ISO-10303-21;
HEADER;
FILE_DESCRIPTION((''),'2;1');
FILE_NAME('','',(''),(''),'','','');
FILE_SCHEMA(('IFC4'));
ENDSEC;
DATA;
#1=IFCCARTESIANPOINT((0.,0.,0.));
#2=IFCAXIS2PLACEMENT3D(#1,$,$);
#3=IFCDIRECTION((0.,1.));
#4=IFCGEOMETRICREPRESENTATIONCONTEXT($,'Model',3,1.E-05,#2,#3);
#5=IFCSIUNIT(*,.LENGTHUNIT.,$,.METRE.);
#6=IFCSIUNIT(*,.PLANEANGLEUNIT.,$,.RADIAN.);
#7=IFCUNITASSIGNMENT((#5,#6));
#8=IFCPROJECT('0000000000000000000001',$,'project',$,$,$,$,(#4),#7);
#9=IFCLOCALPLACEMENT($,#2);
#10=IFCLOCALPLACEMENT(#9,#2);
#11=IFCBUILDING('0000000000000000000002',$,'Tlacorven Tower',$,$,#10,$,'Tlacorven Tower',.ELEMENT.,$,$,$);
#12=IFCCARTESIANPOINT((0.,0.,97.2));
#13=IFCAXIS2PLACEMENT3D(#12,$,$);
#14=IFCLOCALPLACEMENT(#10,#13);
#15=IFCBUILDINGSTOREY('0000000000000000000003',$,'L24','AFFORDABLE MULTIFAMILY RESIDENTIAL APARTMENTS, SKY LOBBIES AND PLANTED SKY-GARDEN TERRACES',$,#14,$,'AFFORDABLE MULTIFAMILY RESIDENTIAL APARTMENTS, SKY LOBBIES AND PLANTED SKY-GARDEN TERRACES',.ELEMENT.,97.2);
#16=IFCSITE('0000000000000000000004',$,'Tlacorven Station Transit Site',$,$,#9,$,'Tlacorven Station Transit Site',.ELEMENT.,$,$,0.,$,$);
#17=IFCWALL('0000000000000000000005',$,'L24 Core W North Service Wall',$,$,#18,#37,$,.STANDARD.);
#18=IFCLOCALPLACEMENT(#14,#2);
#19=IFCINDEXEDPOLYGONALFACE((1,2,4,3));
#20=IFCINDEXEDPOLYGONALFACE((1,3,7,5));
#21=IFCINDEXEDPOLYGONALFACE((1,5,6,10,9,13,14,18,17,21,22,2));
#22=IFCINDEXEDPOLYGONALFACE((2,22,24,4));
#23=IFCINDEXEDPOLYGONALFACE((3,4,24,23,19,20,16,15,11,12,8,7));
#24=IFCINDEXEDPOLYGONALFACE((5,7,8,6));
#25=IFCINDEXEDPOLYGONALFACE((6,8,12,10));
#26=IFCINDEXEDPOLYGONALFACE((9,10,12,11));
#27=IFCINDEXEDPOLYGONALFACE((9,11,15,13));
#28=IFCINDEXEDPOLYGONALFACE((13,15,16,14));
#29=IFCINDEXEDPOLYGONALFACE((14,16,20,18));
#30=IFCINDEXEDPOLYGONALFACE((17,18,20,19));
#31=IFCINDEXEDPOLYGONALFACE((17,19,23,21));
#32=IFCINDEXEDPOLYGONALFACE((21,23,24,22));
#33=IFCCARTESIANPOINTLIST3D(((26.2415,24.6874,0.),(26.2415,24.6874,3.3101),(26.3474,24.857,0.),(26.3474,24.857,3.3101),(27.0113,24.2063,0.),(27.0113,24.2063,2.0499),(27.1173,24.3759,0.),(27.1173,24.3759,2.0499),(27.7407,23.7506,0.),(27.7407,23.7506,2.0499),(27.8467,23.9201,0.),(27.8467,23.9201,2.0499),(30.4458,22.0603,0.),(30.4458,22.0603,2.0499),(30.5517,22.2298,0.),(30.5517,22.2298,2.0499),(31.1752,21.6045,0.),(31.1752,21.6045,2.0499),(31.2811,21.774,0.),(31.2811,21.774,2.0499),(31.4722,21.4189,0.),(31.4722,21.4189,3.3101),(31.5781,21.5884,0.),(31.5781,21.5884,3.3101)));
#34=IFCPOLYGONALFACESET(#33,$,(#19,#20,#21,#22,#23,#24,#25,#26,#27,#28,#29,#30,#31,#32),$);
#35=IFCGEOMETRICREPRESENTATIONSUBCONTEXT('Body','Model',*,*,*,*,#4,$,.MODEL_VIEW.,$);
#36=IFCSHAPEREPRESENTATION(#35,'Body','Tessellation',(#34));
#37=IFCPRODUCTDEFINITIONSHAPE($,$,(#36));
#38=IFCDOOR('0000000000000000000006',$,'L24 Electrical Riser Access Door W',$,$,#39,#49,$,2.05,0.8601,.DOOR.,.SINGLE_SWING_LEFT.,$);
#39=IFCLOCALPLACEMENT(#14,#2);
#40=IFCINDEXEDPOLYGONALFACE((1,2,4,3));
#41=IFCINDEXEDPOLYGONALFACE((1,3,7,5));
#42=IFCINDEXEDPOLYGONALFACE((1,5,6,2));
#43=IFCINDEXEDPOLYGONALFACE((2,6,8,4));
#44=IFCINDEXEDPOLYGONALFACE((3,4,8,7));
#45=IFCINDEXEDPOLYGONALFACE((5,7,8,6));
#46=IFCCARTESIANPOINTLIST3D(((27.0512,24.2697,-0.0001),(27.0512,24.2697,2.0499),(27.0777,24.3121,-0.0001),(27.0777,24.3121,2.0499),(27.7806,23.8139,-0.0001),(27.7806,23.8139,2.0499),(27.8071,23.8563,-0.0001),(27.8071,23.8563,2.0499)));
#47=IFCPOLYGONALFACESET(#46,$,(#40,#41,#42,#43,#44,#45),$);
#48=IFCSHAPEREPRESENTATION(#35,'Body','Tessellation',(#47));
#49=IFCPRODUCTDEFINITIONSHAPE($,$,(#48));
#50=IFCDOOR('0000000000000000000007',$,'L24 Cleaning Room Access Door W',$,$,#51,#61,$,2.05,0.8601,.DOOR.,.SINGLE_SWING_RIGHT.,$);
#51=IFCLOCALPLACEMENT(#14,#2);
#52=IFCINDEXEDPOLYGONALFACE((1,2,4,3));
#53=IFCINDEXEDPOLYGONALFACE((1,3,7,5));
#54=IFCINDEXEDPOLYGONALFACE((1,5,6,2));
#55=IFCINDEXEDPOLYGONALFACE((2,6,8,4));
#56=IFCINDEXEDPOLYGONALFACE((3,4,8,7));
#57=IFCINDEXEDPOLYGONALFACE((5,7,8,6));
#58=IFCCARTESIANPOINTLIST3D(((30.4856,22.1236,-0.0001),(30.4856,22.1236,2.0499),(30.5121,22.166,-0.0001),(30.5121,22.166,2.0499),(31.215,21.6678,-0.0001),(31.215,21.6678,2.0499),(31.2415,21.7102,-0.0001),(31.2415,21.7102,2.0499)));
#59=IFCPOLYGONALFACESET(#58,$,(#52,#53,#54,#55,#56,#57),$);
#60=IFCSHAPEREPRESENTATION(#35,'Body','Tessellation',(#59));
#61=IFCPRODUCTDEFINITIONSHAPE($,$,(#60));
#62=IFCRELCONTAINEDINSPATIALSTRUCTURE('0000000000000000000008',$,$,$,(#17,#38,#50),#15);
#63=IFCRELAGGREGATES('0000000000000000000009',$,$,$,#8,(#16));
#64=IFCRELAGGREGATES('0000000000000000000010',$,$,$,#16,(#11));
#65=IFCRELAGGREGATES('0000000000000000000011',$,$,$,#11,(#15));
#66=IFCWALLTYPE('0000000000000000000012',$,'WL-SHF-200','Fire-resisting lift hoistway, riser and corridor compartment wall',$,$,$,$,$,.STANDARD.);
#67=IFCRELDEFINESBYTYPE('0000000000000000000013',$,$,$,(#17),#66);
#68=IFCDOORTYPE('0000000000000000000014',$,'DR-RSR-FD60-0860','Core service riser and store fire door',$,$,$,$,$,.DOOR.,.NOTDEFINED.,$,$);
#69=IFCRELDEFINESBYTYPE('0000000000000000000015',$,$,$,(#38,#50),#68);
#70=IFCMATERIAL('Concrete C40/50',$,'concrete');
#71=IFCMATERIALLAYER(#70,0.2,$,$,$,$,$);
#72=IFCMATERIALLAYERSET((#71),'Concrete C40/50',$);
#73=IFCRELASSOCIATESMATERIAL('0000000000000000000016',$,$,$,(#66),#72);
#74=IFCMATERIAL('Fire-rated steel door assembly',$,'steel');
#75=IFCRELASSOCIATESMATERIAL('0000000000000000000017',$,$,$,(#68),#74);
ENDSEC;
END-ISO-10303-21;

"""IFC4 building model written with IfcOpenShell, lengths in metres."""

from ifc_helpers import new_model, si_unit, direction, frame, frame_2d, origin, place, context, subcontext, project, spatial, rectangle, extrude, source, transform, mapped, material, layer, layer_set, type_object, element, fill, save


model = new_model("IFC4")

# Units and contexts
model_context = context("Model", 3, precision=1e-05, world=origin(), true_north=direction((0.0, 1.0)))
body_context = subcontext(model_context, "Body", "Model", "MODEL_VIEW")
ifc_project = project(units=[si_unit("LENGTHUNIT", "METRE"), si_unit("PLANEANGLEUNIT", "RADIAN")], contexts=[model_context])

# Site, building, storey
site_placement = place(None, origin())
site = spatial("IfcSite", under=ifc_project, at=site_placement, Name="Tlacorven Station Transit Site", LongName="Tlacorven Station Transit Site", CompositionType="ELEMENT", RefElevation=0.0)
building_placement = place(site_placement, origin())
building = spatial("IfcBuilding", under=site, at=building_placement, Name="Tlacorven Tower", LongName="Tlacorven Tower", CompositionType="ELEMENT")
storey_placement = place(building_placement, frame((0.0, 0.0, 97.2)))
storey = spatial("IfcBuildingStorey", under=building, at=storey_placement, Name="L24", Description="AFFORDABLE MULTIFAMILY RESIDENTIAL APARTMENTS, SKY LOBBIES AND PLANTED SKY-GARDEN TERRACES", LongName="AFFORDABLE MULTIFAMILY RESIDENTIAL APARTMENTS, SKY LOBBIES AND PLANTED SKY-GARDEN TERRACES", CompositionType="ELEMENT", Elevation=97.2)

# Shared definitions
ifc_material_1 = material(Name="Concrete C40/50", Category="concrete")
ifc_layer_1 = layer(ifc_material_1, 0.2)
ifc_layer_set_1 = layer_set([ifc_layer_1], Name="Concrete C40/50")
wall_type_1 = type_object("IfcWallType", Name="WL-SHF-200", Description="Fire-resisting lift hoistway, riser and corridor compartment wall", PredefinedType="STANDARD", material=ifc_layer_set_1)

# Wall, openings, doors
wall_1_placement = place(storey_placement, frame((31.5251, 21.5037, 0.0), z_axis=(0.0, 0.0, 1.0), x_axis=(-0.848045, 0.529924, 0.0)))
wall_1 = element("IfcWall", 1, at=wall_1_placement, inside=storey, type_object=wall_type_1, Name="L24 Core W North Service Wall", PredefinedType="STANDARD", context=body_context, shape_type="SweptSolid", body=[
    extrude(rectangle(XDim=6.168, YDim=0.2, at=frame_2d((3.084, 0.0))), origin(), (0.0, 0.0, 1.0), 3.3101),
])
opening_1_placement = place(wall_1_placement, frame((4.3999, 0.0, 0.0)))
opening_1 = element("IfcOpeningElement", 2, at=opening_1_placement, cuts=wall_1, PredefinedType="OPENING", context=body_context, shape_type="SweptSolid", body=[
    extrude(rectangle(XDim=0.8601, YDim=2.05, at=frame_2d((0.4302, 1.0249))), frame((0.0, 0.1099, 0.0), z_axis=(0.0, -1.0, 0.0), x_axis=(1.0, 0.0, 0.0)), (0.0, 0.0, 1.0), 0.22),
])
opening_2_placement = place(wall_1_placement, frame((0.3501, 0.0, 0.0)))
opening_2 = element("IfcOpeningElement", 3, at=opening_2_placement, cuts=wall_1, PredefinedType="OPENING", context=body_context, shape_type="SweptSolid", body=[
    extrude(rectangle(XDim=0.8601, YDim=2.05, at=frame_2d((0.4302, 1.0249))), frame((0.0, 0.1099, 0.0), z_axis=(0.0, -1.0, 0.0), x_axis=(1.0, 0.0, 0.0)), (0.0, 0.0, 1.0), 0.22),
])
ifc_material_2 = material(Name="Fire-rated steel door assembly", Category="steel")
door_type_1 = type_object("IfcDoorType", Name="DR-RSR-FD60-0860", Description="Core service riser and store fire door", OperationType="NOTDEFINED", PredefinedType="DOOR", material=ifc_material_2)
shared_shape_1 = source(origin(), body_context, "Body", "SweptSolid", [
    extrude(rectangle(XDim=0.8601, YDim=2.05, at=frame_2d((0.4302, 1.0249))), frame((0.0, 0.0249, 0.0), z_axis=(0.0, -1.0, 0.0), x_axis=(1.0, 0.0, 0.0)), (0.0, 0.0, 1.0), 0.05),
])
door_1_placement = place(opening_1_placement, frame((0.8601, 0.0, 0.0), z_axis=(0.0, 0.0, 1.0), x_axis=(-1.0, 0.0, 0.0)))
door_1 = element("IfcDoor", 4, at=door_1_placement, inside=storey, type_object=door_type_1, Name="L24 Electrical Riser Access Door W", OperationType="SINGLE_SWING_LEFT", OverallHeight=2.05, OverallWidth=0.8601, PredefinedType="DOOR", context=body_context, shape_type="MappedRepresentation", body=[
    mapped(shared_shape_1, transform((0.0, 0.0, 0.0), scale=1.0)),
])
fill(opening_1, door_1)
door_2_placement = place(opening_2_placement, frame((0.8601, 0.0, 0.0), z_axis=(0.0, 0.0, 1.0), x_axis=(-1.0, 0.0, 0.0)))
door_2 = element("IfcDoor", 5, at=door_2_placement, inside=storey, type_object=door_type_1, Name="L24 Cleaning Room Access Door W", OperationType="SINGLE_SWING_RIGHT", OverallHeight=2.05, OverallWidth=0.8601, PredefinedType="DOOR", context=body_context, shape_type="MappedRepresentation", body=[
    mapped(shared_shape_1, transform((0.0, 0.0, 0.0), scale=1.0)),
])
fill(opening_2, door_2)

save(model, "model.ifc")
